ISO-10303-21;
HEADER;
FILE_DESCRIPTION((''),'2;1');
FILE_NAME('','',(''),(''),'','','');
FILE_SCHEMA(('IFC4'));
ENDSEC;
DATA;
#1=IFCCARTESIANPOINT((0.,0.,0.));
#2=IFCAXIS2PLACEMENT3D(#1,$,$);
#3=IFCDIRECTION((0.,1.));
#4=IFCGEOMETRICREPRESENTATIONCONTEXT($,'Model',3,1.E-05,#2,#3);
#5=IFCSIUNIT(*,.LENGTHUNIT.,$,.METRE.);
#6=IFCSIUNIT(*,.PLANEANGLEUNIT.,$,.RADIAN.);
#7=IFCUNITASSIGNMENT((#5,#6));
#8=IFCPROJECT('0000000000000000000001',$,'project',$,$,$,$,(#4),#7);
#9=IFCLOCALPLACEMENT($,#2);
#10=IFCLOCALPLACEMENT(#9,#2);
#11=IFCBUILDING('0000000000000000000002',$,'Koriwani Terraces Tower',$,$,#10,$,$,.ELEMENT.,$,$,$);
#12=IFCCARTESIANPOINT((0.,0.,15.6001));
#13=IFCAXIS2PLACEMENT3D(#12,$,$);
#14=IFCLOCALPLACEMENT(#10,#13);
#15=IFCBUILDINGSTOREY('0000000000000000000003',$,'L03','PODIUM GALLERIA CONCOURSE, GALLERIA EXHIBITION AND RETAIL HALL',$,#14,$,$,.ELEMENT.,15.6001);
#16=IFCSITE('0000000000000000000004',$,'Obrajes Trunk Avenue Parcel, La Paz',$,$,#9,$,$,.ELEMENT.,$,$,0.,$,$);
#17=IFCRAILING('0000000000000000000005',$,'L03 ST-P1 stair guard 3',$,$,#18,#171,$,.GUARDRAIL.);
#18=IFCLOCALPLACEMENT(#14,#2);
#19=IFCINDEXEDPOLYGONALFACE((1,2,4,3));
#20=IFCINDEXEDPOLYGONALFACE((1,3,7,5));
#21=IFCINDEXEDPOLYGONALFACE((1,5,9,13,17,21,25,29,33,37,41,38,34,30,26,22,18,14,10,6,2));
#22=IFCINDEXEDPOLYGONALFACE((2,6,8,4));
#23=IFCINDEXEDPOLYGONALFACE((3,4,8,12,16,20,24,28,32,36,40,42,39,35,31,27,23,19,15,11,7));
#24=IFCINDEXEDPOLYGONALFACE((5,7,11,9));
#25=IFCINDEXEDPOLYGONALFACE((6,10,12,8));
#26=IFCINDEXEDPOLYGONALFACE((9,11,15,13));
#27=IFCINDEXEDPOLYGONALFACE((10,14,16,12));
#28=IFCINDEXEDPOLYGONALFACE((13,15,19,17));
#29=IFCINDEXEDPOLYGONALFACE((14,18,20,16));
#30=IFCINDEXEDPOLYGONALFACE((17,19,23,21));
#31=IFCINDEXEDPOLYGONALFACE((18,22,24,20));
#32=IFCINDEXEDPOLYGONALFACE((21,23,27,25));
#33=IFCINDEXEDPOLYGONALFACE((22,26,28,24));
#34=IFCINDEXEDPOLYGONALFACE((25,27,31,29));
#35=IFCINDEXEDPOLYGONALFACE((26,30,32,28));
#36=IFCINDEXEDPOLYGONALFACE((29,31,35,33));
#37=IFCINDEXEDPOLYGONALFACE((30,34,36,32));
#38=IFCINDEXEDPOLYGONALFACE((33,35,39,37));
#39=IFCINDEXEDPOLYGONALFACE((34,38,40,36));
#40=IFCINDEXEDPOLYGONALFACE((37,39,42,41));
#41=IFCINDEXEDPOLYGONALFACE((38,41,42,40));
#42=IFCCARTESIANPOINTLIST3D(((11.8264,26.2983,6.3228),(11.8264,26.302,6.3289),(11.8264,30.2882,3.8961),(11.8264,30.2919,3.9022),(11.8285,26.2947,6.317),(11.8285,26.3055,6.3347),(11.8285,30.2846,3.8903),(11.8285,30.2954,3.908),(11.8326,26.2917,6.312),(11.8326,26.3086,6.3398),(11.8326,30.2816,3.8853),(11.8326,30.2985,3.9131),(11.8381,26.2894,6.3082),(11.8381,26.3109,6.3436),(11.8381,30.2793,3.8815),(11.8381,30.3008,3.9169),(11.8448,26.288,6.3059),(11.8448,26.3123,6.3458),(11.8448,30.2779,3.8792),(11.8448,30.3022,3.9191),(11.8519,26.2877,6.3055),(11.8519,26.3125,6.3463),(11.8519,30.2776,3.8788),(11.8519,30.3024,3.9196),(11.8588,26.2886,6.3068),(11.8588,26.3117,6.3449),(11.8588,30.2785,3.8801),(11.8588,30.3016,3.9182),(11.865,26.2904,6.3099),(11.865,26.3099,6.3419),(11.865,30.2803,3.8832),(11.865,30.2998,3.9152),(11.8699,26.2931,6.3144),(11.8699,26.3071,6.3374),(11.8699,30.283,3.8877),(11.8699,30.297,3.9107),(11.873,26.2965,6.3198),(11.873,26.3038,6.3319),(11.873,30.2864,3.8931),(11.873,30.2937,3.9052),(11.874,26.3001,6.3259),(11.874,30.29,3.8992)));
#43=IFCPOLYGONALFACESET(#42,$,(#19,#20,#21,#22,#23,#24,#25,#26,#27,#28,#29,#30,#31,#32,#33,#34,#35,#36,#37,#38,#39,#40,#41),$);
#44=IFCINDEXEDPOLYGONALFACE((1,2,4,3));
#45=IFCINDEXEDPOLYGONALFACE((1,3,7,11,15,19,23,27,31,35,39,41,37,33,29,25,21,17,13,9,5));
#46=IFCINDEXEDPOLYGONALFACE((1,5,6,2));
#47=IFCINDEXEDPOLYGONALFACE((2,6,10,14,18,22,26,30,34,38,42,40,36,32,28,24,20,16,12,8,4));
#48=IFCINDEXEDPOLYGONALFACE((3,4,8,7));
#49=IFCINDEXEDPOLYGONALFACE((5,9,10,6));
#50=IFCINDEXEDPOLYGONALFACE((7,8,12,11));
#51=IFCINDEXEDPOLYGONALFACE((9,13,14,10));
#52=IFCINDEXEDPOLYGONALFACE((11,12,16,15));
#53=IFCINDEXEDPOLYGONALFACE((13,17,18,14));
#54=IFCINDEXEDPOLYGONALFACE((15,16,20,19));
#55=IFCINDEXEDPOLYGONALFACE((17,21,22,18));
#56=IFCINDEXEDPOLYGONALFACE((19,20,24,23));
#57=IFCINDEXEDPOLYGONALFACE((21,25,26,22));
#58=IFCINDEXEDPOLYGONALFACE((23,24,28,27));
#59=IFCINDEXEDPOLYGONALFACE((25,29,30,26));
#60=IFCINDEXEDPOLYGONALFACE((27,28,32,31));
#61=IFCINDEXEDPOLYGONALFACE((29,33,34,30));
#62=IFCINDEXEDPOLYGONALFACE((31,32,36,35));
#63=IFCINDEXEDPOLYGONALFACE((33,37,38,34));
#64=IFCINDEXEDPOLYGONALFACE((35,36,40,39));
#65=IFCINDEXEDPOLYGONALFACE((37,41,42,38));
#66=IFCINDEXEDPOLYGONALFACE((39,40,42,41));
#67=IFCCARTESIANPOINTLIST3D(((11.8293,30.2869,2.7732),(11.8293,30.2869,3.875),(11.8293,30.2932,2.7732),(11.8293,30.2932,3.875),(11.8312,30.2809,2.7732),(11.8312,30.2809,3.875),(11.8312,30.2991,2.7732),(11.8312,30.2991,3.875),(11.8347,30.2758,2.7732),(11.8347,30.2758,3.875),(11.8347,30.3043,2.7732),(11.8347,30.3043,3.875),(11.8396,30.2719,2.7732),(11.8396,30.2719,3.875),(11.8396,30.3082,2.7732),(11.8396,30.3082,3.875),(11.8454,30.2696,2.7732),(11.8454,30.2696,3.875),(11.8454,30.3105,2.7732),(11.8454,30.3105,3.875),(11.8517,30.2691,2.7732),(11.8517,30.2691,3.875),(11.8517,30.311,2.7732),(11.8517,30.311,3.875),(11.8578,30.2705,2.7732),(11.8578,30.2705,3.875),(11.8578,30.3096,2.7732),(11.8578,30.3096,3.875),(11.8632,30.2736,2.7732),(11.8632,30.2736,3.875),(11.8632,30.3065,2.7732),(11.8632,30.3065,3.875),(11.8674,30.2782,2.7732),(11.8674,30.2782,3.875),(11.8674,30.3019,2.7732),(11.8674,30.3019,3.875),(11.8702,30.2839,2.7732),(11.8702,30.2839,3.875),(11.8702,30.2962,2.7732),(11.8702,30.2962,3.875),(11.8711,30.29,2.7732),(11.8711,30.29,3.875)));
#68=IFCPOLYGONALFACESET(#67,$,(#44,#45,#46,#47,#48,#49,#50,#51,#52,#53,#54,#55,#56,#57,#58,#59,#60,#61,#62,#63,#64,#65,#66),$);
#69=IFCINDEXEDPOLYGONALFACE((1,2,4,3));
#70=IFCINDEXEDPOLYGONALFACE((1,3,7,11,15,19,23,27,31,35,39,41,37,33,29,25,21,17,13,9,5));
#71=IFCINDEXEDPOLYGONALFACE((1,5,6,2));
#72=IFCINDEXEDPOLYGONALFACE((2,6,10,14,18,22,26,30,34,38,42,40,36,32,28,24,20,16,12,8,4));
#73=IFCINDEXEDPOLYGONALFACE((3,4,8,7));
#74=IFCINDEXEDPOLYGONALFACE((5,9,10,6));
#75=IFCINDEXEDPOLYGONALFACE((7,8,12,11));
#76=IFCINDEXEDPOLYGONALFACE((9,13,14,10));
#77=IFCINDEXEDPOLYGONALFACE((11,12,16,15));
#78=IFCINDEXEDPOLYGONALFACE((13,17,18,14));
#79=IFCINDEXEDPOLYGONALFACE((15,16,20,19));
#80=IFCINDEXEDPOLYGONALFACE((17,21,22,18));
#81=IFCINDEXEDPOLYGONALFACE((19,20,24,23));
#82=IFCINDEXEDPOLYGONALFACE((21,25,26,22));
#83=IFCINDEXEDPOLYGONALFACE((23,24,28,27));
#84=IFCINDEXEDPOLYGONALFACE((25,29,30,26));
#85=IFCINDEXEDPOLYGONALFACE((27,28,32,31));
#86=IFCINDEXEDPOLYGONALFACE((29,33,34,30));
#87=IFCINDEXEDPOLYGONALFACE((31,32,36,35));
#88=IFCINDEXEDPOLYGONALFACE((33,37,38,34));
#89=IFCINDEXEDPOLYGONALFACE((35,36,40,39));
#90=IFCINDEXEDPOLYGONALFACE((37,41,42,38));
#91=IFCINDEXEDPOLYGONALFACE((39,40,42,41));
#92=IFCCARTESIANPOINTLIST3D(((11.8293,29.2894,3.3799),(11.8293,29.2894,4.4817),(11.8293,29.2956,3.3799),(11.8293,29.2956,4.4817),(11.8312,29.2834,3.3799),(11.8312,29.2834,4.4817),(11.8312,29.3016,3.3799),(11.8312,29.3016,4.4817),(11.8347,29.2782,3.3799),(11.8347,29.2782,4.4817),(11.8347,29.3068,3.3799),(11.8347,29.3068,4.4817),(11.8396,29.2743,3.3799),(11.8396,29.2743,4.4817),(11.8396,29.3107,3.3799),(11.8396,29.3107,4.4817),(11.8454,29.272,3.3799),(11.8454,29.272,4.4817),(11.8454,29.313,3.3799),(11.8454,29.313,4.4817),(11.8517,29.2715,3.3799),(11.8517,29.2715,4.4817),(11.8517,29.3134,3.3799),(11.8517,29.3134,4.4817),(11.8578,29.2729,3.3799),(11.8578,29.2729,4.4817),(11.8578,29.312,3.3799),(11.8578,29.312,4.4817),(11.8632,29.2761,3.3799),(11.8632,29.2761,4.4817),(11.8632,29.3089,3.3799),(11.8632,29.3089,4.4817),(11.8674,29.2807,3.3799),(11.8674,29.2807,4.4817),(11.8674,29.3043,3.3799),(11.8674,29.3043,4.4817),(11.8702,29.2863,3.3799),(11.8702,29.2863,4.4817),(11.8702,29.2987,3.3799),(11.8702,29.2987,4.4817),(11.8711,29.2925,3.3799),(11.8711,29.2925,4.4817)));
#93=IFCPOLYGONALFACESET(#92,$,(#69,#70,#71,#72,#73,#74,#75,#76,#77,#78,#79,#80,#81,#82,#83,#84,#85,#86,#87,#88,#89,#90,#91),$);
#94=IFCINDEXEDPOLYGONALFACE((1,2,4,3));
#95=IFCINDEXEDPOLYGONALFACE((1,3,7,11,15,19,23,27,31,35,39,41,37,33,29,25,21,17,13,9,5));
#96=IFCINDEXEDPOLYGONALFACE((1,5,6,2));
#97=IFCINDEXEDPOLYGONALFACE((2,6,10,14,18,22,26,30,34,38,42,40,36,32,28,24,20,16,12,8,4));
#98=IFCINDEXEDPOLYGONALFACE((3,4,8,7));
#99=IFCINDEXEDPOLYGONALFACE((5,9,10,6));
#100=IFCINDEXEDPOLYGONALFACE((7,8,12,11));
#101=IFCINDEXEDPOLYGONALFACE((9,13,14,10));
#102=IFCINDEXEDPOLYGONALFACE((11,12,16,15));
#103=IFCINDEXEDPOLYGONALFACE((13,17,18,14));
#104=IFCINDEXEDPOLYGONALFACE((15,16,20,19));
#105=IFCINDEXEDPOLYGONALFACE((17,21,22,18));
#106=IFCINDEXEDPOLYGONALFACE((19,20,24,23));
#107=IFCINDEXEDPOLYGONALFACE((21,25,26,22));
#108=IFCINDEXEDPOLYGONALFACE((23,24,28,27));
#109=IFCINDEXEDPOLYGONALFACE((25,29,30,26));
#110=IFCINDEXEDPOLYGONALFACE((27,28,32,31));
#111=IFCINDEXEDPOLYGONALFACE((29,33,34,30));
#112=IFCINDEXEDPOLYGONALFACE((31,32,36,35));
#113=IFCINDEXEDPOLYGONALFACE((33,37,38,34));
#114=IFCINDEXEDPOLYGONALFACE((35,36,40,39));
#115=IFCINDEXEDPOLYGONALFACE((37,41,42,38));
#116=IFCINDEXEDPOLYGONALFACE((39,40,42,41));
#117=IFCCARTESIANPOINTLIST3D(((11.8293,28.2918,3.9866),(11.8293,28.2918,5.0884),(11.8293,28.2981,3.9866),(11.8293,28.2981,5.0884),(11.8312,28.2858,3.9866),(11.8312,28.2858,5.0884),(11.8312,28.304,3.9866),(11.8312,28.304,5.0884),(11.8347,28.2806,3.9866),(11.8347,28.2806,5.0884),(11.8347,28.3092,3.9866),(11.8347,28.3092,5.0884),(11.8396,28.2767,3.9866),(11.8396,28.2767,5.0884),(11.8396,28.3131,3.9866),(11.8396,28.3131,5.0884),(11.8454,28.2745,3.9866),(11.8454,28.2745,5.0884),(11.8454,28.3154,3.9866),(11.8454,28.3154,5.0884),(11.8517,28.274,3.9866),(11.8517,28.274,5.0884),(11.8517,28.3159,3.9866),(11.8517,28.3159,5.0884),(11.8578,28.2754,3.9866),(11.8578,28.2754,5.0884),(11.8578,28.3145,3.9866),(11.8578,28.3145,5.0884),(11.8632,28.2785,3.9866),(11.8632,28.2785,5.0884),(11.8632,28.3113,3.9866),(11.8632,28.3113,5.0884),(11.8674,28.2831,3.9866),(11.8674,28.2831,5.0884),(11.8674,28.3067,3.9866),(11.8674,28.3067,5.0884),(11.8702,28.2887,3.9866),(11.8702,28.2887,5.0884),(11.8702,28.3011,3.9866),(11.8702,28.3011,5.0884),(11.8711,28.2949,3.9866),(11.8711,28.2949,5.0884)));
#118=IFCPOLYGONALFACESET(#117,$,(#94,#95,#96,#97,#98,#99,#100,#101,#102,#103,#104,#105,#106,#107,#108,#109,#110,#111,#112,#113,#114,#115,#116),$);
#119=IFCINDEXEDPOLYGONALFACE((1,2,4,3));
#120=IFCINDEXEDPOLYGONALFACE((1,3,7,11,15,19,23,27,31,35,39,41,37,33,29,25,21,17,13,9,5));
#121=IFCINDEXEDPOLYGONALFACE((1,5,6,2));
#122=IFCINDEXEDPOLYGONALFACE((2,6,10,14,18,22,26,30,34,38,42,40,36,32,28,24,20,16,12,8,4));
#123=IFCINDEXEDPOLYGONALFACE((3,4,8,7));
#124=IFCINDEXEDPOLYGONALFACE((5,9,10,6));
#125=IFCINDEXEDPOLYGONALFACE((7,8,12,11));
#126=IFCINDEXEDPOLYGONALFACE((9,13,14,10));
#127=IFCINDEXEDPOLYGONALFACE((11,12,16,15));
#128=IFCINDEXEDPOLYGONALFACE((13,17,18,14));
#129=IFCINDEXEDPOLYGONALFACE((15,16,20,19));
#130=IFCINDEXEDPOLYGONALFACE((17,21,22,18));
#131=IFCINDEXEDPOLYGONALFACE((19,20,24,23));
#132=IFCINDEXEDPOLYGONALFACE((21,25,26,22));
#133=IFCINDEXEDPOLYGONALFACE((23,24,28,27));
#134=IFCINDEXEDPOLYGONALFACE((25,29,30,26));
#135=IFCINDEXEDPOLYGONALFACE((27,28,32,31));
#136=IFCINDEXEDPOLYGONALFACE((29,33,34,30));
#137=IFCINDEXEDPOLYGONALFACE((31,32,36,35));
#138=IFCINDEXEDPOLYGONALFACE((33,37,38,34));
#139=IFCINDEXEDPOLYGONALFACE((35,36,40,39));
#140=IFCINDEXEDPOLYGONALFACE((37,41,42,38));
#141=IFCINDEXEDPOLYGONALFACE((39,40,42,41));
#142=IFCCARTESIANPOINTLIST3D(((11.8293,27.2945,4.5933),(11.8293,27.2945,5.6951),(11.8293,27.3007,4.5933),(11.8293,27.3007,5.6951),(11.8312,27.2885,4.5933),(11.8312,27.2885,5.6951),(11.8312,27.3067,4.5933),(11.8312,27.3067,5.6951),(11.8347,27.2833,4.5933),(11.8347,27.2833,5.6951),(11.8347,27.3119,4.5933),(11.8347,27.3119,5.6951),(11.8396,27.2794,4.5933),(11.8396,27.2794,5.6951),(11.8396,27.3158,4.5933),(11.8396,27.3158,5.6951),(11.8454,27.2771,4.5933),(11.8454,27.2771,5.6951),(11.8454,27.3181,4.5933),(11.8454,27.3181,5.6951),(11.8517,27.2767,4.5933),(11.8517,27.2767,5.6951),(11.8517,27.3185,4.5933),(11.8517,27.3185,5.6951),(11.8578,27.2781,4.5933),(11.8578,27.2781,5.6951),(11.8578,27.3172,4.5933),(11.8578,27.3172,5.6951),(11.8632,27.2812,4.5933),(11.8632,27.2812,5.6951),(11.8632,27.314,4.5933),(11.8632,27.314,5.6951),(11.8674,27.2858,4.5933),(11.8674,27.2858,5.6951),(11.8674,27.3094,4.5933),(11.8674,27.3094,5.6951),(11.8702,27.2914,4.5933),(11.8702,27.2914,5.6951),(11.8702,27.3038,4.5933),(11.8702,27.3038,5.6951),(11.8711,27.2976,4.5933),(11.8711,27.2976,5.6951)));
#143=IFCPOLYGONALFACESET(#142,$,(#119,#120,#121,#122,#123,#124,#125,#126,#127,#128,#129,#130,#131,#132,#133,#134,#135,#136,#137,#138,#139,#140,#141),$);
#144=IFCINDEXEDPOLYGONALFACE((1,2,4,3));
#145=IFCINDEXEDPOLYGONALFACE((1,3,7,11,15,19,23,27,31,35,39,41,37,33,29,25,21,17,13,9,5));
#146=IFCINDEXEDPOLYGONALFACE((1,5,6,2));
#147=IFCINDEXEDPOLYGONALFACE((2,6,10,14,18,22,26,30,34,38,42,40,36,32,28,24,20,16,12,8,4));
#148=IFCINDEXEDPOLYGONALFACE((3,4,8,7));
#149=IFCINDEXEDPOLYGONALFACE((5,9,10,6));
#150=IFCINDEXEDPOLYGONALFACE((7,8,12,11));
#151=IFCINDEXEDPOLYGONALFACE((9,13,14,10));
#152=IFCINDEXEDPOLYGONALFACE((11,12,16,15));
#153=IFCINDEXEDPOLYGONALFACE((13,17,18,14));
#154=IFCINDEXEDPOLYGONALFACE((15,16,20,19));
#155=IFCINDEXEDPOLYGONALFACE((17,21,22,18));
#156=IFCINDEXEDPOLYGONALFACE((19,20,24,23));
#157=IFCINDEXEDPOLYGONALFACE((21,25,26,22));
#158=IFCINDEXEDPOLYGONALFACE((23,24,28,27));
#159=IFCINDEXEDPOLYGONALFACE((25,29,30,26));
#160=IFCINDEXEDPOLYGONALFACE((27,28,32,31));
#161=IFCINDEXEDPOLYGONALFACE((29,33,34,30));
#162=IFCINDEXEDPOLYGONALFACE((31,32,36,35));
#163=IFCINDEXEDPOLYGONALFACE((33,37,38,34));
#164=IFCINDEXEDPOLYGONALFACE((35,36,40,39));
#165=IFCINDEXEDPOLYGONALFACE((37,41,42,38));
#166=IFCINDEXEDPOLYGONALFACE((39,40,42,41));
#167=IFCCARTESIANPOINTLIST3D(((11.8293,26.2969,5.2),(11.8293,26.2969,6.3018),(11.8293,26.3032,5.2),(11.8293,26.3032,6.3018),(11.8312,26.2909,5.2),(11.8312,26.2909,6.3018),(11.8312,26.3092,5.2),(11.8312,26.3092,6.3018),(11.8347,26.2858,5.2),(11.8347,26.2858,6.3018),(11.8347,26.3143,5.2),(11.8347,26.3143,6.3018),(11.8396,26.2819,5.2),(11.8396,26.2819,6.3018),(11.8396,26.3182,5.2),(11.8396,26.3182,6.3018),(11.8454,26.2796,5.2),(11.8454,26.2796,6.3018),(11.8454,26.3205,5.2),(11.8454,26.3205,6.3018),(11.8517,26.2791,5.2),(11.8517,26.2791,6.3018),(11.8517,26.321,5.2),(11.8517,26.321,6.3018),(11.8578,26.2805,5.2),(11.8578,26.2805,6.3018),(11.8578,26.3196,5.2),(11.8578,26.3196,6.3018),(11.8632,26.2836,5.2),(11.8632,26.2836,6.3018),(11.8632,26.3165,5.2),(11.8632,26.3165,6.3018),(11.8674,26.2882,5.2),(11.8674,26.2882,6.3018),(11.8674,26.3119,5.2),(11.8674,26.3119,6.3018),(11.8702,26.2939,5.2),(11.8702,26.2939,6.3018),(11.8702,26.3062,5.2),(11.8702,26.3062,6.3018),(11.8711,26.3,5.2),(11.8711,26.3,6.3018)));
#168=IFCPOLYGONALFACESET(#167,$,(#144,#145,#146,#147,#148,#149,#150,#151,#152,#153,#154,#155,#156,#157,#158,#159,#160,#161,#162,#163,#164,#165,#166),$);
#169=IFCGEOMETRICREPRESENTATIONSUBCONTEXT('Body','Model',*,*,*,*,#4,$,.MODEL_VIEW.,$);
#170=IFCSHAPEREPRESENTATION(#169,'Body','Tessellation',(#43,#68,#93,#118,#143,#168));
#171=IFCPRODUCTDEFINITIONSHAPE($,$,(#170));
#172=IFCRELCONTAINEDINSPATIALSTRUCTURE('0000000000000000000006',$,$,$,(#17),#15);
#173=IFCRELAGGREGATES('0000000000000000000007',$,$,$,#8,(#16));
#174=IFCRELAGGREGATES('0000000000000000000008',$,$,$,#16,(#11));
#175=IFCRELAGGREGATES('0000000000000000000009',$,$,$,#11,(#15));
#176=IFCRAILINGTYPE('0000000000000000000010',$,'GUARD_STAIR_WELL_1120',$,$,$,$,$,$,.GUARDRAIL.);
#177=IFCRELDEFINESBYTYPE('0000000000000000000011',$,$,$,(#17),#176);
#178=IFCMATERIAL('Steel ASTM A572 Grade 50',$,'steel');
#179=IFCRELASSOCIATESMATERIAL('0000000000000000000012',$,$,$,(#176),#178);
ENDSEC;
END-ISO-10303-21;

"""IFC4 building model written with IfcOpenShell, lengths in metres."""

from ifc_helpers import new_model, si_unit, direction, frame, origin, origin_2d, place, context, subcontext, project, spatial, circle, extrude, material, type_object, element, save


model = new_model("IFC4")

# Units and contexts
model_context = context("Model", 3, precision=1e-05, world=origin(), true_north=direction((0.0, 1.0)))
body_context = subcontext(model_context, "Body", "Model", "MODEL_VIEW")
ifc_project = project(units=[si_unit("LENGTHUNIT", "METRE"), si_unit("PLANEANGLEUNIT", "RADIAN")], contexts=[model_context])

# Site, building, storey
site_placement = place(None, origin())
site = spatial("IfcSite", under=ifc_project, at=site_placement, Name="Obrajes Trunk Avenue Parcel, La Paz", CompositionType="ELEMENT", RefElevation=0.0)
building_placement = place(site_placement, origin())
building = spatial("IfcBuilding", under=site, at=building_placement, Name="Koriwani Terraces Tower", CompositionType="ELEMENT")
storey_placement = place(building_placement, frame((0.0, 0.0, 15.6001)))
storey = spatial("IfcBuildingStorey", under=building, at=storey_placement, Name="L03", Description="PODIUM GALLERIA CONCOURSE, GALLERIA EXHIBITION AND RETAIL HALL", CompositionType="ELEMENT", Elevation=15.6001)

# Shared definitions
ifc_material_1 = material(Name="Steel ASTM A572 Grade 50", Category="steel")

# Railing
railing_type_1 = type_object("IfcRailingType", Name="GUARD_STAIR_WELL_1120", PredefinedType="GUARDRAIL", material=ifc_material_1)
railing_1_placement = place(storey_placement, frame((11.8501, 30.29, 2.7732)))
element("IfcRailing", 1, at=railing_1_placement, inside=storey, type_object=railing_type_1, Name="L03 ST-P1 stair guard 3", PredefinedType="GUARDRAIL", context=body_context, shape_type="SweptSolid", body=[
    extrude(circle(Radius=0.0239, at=origin_2d()), frame((0.0, 0.0, 1.126), z_axis=(0.0, -0.854382, 0.519645), x_axis=(1.0, 0.0, 0.0)), (0.0, 0.0, 1.0), 4.6699),
    extrude(circle(Radius=0.021, at=origin_2d()), origin(), (0.0, 0.0, 1.0), 1.1018),
    extrude(circle(Radius=0.021, at=origin_2d()), frame((0.0, -0.9976, 0.6067)), (0.0, 0.0, 1.0), 1.1018),
    extrude(circle(Radius=0.021, at=origin_2d()), frame((0.0, -1.9951, 1.2134)), (0.0, 0.0, 1.0), 1.1018),
    extrude(circle(Radius=0.021, at=origin_2d()), frame((0.0, -2.9924, 1.8201)), (0.0, 0.0, 1.0), 1.1018),
    extrude(circle(Radius=0.021, at=origin_2d()), frame((0.0, -3.99, 2.4268)), (0.0, 0.0, 1.0), 1.1018),
])

save(model, "model.ifc")
